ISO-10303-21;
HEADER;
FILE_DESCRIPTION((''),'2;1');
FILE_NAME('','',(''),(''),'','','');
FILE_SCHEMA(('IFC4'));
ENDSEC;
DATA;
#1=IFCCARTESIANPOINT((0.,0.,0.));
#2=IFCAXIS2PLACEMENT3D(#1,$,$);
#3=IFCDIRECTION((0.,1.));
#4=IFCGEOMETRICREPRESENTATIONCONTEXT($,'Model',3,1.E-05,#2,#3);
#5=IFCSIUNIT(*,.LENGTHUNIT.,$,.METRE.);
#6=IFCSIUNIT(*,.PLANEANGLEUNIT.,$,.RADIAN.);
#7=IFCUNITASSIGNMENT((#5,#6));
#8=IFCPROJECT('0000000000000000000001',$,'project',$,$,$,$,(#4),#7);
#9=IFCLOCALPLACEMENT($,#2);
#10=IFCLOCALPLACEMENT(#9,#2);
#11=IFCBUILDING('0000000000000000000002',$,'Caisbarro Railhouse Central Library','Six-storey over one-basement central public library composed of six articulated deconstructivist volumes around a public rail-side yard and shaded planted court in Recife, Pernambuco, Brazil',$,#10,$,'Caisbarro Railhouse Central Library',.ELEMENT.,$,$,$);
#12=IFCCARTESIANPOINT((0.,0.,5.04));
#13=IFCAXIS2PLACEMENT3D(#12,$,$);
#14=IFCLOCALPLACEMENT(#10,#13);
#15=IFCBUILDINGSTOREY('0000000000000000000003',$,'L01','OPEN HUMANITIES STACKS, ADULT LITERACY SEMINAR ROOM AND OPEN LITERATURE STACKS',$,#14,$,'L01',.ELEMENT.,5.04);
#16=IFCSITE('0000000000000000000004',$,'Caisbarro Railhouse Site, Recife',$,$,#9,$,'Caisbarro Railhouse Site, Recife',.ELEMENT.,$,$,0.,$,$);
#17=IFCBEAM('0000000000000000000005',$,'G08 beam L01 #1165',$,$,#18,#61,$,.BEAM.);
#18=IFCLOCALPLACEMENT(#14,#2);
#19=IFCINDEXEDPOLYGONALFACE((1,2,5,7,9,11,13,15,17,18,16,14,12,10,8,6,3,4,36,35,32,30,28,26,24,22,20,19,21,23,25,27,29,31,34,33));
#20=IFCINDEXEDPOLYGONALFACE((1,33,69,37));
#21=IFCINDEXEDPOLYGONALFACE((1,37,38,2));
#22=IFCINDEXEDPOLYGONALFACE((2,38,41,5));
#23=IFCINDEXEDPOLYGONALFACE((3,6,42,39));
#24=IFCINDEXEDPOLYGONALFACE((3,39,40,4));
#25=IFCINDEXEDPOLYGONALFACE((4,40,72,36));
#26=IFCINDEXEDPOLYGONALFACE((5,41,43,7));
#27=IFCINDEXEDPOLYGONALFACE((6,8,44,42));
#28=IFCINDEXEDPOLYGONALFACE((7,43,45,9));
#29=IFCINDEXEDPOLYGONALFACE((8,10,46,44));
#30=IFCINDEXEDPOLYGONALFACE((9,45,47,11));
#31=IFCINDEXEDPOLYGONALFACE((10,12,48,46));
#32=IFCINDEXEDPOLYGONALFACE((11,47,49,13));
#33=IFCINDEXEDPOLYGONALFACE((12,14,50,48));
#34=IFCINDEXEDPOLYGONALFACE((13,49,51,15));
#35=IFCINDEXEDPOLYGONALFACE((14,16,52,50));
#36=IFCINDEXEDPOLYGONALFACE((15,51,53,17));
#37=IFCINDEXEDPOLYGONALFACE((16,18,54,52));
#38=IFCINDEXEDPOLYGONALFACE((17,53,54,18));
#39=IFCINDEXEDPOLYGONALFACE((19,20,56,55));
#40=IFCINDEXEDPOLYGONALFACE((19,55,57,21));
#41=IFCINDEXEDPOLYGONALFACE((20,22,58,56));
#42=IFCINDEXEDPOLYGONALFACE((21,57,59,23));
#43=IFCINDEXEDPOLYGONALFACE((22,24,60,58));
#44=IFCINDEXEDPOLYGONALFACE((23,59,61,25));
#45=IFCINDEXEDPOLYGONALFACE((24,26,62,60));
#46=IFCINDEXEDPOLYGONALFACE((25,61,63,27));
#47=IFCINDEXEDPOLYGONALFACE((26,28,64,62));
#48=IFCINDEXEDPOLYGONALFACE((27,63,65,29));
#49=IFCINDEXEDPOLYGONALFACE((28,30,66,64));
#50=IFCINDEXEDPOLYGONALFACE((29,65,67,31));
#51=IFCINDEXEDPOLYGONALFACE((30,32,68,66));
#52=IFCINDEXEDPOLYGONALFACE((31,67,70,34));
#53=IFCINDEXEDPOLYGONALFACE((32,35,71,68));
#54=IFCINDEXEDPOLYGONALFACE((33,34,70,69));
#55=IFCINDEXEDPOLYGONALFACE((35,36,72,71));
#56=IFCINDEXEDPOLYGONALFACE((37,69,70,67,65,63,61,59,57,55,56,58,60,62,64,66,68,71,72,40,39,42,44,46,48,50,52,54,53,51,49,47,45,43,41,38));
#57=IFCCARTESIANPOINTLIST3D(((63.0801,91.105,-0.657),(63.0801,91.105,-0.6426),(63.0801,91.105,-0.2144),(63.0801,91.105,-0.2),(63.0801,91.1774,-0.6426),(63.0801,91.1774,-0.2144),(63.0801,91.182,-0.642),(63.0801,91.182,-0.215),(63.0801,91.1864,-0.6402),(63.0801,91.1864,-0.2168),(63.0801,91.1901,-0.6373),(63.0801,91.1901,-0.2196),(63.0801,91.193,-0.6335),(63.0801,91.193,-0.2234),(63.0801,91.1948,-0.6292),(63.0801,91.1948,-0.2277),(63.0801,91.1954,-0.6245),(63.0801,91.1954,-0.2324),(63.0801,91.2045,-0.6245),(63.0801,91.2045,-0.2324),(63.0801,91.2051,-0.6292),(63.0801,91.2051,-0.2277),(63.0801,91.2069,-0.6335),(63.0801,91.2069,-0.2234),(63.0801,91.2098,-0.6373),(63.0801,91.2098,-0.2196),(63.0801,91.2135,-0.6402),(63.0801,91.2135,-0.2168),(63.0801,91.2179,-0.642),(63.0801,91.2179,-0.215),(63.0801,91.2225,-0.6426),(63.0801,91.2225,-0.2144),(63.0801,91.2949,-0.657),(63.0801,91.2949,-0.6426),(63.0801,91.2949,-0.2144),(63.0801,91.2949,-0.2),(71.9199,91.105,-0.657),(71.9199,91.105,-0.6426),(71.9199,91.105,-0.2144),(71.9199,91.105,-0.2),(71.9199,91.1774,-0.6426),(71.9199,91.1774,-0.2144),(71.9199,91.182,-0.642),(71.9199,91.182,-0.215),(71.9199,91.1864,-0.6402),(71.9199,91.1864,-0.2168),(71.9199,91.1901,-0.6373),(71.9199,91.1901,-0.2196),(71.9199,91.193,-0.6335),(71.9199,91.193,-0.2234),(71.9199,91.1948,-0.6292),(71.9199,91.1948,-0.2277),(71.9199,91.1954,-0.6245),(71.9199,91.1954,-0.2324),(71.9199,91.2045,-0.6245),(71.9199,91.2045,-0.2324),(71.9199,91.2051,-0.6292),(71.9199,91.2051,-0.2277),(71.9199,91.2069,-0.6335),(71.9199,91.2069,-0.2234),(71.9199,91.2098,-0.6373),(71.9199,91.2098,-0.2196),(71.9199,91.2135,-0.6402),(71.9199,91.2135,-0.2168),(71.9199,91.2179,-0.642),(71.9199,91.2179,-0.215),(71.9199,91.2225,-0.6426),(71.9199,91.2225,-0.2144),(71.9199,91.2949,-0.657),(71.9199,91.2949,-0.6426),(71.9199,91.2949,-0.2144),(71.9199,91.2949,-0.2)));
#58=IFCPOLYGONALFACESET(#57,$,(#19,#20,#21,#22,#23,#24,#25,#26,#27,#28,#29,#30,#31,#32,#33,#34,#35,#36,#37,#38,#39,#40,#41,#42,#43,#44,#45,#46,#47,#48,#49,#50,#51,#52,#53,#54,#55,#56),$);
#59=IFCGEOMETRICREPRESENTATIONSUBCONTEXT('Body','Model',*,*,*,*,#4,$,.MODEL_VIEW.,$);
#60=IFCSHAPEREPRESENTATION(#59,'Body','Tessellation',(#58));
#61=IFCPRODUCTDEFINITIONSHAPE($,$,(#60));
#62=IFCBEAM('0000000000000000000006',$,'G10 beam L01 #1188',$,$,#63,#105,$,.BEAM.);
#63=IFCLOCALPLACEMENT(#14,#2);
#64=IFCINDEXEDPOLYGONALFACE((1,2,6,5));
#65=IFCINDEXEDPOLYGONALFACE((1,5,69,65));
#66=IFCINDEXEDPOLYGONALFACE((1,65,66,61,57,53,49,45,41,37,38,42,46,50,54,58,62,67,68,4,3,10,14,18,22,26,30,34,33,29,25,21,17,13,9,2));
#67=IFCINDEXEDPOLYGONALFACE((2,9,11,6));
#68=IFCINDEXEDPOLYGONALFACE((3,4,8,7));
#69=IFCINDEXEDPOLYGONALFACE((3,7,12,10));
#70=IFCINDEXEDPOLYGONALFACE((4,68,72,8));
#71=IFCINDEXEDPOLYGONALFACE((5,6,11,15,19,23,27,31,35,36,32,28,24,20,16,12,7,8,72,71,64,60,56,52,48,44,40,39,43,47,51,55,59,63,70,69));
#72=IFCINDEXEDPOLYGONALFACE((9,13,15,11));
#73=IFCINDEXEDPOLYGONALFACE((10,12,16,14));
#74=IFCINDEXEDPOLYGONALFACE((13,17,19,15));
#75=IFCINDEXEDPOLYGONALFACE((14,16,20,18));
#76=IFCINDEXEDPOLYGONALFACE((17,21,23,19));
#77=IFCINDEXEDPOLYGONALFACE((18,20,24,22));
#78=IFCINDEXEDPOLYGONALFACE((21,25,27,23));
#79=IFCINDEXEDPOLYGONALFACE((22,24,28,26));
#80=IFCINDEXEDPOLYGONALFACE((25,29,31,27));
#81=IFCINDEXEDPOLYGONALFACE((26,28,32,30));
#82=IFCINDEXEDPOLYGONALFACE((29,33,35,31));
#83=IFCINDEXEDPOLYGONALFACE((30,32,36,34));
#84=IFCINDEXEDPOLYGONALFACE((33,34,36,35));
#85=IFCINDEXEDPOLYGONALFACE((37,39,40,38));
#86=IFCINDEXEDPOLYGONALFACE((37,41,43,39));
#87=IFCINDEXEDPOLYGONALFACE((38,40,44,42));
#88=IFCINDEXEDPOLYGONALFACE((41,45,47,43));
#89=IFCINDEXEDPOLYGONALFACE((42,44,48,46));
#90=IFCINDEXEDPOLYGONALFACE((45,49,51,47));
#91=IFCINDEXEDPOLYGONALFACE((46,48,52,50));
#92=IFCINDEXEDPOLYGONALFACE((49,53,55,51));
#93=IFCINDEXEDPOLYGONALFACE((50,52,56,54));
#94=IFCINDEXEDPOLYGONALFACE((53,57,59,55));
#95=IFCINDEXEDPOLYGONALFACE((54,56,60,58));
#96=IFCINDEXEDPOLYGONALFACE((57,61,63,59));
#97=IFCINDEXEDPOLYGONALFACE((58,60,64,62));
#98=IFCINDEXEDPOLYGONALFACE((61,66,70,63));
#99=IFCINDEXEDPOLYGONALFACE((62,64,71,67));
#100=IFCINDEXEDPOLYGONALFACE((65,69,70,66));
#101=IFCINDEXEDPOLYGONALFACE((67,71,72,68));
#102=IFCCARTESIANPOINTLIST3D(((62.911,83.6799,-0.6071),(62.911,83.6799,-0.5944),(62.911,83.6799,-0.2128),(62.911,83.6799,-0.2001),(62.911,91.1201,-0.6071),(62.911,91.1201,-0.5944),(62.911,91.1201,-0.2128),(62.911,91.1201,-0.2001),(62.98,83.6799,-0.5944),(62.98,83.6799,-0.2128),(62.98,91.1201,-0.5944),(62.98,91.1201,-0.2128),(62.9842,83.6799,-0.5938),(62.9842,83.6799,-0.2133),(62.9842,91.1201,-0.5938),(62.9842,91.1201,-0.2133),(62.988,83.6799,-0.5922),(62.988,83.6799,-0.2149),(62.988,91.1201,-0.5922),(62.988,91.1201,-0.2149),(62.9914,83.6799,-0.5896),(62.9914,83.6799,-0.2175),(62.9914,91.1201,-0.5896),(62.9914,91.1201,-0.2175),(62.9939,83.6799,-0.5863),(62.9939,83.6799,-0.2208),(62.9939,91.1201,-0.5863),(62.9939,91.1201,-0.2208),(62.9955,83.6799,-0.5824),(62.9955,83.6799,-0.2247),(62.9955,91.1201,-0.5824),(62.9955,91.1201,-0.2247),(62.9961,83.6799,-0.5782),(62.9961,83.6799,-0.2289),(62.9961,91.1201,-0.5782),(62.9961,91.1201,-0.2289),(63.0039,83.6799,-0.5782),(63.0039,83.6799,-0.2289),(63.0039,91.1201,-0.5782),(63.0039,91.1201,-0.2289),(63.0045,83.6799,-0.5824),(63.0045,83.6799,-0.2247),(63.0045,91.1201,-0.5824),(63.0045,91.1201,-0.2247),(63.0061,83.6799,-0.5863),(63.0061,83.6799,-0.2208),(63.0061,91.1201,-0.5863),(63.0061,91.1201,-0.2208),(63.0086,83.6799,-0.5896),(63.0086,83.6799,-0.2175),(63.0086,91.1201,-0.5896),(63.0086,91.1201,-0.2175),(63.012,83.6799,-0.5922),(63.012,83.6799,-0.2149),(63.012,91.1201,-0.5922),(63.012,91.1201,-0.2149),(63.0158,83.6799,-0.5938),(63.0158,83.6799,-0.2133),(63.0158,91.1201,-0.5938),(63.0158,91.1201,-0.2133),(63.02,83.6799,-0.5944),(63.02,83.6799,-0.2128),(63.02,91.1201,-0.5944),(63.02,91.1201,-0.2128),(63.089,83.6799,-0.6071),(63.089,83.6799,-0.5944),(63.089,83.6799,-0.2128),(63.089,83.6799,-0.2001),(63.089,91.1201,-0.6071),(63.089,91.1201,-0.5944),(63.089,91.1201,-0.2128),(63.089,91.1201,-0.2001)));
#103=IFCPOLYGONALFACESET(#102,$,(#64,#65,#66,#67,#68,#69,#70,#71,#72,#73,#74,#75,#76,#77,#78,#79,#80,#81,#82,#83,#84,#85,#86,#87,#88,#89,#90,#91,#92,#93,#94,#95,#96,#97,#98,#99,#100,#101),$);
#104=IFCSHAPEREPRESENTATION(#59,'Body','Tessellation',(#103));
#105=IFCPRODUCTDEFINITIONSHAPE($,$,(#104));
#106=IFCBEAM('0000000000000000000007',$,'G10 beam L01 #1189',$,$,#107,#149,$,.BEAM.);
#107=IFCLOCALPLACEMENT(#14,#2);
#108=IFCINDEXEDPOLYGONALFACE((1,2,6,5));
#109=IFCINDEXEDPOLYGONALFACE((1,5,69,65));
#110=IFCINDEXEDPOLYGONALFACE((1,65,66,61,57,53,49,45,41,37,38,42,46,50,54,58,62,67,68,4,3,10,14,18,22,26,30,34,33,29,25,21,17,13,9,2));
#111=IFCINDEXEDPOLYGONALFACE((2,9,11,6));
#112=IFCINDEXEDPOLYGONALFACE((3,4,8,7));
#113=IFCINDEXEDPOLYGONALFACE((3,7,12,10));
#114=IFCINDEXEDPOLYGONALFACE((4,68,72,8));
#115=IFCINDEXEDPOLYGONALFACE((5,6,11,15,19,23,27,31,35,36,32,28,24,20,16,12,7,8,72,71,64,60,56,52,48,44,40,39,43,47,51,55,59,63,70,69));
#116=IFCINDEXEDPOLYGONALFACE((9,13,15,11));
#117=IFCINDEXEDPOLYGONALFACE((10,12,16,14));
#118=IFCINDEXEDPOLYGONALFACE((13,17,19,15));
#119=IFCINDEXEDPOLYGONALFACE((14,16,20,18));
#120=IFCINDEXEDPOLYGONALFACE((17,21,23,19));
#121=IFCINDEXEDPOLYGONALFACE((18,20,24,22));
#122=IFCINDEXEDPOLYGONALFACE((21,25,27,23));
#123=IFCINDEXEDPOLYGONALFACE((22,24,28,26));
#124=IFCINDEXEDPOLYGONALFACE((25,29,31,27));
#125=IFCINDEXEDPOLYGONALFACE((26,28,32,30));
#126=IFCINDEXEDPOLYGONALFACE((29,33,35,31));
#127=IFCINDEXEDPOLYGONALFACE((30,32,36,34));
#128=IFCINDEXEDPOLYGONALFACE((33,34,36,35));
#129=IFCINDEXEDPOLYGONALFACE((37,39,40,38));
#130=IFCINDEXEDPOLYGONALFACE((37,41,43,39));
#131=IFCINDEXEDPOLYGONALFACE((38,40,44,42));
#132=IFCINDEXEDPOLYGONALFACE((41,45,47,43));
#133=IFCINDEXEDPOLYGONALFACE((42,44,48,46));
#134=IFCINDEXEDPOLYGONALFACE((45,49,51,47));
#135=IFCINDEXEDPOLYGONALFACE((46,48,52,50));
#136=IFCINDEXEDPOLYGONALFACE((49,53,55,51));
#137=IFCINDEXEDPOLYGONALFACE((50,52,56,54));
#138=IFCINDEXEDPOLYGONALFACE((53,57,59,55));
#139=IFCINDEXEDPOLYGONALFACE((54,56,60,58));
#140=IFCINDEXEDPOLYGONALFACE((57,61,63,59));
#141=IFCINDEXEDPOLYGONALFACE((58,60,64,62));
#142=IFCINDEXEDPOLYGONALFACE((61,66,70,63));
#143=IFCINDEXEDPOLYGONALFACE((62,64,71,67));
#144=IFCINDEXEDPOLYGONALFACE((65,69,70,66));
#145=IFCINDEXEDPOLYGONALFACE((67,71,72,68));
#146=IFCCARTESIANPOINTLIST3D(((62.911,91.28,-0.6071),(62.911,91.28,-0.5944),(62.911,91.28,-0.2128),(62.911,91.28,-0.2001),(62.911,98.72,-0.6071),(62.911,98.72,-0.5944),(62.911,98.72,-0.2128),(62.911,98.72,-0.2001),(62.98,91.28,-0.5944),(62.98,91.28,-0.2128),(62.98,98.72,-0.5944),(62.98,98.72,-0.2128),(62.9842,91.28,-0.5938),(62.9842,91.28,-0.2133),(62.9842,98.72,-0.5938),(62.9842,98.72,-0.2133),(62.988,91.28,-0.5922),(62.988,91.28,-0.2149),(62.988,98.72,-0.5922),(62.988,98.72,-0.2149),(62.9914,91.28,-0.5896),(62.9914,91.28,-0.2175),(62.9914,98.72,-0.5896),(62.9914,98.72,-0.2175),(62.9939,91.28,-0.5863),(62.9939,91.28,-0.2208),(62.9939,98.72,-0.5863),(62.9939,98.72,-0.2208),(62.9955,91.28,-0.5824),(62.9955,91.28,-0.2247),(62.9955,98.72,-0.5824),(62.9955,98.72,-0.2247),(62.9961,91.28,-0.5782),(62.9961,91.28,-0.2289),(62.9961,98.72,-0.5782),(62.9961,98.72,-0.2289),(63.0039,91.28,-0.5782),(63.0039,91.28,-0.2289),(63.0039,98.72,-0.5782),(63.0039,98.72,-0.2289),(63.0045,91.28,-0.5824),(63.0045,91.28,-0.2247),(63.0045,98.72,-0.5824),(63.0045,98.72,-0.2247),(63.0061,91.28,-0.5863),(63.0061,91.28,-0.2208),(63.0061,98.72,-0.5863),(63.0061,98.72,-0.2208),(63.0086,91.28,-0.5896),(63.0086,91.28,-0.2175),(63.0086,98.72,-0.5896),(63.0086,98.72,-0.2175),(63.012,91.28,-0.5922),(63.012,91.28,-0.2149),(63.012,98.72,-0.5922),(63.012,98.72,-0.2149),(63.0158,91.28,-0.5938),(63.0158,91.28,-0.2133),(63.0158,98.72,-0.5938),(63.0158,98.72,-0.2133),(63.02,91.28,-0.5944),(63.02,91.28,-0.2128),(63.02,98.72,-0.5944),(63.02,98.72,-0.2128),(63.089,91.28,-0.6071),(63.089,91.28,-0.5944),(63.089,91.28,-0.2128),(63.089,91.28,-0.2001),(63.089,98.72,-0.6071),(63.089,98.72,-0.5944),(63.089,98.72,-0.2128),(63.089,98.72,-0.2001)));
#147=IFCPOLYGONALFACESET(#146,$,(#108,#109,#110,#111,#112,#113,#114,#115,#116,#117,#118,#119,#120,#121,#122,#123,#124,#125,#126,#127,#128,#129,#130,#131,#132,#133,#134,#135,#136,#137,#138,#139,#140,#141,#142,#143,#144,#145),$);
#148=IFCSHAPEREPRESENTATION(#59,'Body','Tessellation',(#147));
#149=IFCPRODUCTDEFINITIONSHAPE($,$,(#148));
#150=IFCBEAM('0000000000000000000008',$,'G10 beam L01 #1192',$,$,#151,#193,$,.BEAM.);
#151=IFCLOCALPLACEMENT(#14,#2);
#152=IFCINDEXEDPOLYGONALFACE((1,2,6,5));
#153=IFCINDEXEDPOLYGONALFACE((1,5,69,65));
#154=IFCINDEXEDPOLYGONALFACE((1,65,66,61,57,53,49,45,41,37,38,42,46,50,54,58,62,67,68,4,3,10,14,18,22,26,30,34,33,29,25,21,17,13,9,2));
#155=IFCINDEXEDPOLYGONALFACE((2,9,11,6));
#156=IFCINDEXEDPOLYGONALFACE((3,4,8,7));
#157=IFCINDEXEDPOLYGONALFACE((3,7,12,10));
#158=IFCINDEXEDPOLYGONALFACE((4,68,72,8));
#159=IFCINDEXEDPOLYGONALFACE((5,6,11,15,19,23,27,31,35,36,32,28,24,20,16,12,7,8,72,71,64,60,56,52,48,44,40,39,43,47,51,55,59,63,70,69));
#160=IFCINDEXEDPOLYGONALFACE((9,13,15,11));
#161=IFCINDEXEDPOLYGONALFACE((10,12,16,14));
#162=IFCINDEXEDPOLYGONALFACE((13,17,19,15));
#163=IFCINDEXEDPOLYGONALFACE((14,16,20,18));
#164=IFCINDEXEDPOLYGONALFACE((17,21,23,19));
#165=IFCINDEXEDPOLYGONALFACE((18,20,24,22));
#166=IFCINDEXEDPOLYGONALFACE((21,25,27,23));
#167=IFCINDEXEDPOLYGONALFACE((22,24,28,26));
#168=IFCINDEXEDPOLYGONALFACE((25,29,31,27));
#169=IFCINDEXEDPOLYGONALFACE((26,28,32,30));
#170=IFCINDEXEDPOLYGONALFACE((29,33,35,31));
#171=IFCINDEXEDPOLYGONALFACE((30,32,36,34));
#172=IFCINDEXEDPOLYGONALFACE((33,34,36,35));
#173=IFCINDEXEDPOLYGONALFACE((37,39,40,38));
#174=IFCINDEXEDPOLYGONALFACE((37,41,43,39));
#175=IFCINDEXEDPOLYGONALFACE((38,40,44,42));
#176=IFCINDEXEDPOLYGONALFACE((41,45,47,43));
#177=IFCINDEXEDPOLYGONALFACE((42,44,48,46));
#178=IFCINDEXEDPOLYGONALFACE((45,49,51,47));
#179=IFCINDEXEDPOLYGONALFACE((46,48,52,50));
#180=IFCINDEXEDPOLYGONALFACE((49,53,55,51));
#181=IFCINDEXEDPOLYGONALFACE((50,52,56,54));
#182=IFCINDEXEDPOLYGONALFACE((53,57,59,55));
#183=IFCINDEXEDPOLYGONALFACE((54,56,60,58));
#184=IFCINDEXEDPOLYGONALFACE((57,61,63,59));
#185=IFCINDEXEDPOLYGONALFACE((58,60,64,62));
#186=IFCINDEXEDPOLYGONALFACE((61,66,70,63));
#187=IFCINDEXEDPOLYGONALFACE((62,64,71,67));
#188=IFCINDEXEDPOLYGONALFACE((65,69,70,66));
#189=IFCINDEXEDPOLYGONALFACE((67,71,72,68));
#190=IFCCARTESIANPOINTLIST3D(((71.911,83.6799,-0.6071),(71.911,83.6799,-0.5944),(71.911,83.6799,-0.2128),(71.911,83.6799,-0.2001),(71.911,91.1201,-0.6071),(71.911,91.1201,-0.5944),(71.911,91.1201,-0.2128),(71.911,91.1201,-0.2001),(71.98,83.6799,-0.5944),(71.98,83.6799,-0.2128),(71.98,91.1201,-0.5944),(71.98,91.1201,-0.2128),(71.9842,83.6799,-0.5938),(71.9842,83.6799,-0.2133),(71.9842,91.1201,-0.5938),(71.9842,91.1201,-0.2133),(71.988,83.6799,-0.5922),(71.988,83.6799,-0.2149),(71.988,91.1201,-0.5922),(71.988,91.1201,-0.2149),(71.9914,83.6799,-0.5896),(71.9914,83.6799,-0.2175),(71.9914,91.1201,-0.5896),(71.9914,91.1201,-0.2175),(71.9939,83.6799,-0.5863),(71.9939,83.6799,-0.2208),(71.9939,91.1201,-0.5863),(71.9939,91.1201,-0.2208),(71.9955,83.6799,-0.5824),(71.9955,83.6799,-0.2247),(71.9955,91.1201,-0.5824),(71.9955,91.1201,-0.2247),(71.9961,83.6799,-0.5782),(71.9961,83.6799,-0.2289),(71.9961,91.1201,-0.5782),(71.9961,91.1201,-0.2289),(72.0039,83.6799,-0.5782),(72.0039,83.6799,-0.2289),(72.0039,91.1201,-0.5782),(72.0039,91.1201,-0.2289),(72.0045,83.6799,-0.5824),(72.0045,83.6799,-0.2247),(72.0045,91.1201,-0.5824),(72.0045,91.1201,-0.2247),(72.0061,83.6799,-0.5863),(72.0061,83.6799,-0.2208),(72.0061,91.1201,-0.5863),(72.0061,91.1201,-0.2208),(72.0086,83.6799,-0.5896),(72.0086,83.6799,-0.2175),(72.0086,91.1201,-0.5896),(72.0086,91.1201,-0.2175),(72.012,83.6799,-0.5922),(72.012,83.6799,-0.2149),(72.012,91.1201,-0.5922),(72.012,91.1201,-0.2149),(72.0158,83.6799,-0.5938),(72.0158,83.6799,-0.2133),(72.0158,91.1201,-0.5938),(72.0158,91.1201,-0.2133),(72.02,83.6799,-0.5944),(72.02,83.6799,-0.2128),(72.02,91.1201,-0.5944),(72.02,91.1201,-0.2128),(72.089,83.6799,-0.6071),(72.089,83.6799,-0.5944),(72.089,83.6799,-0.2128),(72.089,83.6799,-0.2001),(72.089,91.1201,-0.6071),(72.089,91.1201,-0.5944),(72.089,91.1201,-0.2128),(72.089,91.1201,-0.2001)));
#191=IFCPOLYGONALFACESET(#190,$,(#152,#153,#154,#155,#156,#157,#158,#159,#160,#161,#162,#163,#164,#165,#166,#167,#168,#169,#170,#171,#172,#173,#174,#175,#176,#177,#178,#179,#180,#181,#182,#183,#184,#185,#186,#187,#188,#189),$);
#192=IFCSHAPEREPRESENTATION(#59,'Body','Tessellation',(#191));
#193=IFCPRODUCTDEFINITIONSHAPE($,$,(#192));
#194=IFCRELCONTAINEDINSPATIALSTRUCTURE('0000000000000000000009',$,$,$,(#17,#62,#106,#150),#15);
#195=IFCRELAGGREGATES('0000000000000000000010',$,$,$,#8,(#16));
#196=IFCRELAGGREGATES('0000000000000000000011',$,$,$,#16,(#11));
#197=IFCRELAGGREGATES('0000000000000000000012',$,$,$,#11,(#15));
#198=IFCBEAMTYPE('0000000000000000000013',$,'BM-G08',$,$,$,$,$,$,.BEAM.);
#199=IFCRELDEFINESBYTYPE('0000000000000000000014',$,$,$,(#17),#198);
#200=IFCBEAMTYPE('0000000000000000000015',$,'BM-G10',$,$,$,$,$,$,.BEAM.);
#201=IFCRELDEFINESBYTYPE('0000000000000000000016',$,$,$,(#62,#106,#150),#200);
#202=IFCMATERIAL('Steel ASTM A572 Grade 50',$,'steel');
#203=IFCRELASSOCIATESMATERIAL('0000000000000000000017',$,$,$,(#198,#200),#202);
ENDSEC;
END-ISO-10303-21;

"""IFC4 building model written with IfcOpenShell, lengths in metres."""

from ifc_helpers import new_model, si_unit, direction, frame, origin, origin_2d, place, context, subcontext, project, spatial, i_section, extrude, material, material_profile, profile_set, type_object, element, save


model = new_model("IFC4")

# Units and contexts
model_context = context("Model", 3, precision=1e-05, world=origin(), true_north=direction((0.0, 1.0)))
body_context = subcontext(model_context, "Body", "Model", "MODEL_VIEW")
ifc_project = project(units=[si_unit("LENGTHUNIT", "METRE"), si_unit("PLANEANGLEUNIT", "RADIAN")], contexts=[model_context])

# Site, building, storey
site_placement = place(None, origin())
site = spatial("IfcSite", under=ifc_project, at=site_placement, Name="Caisbarro Railhouse Site, Recife", LongName="Caisbarro Railhouse Site, Recife", CompositionType="ELEMENT", RefElevation=0.0)
building_placement = place(site_placement, origin())
building = spatial("IfcBuilding", under=site, at=building_placement, Name="Caisbarro Railhouse Central Library", Description="Six-storey over one-basement central public library composed of six articulated deconstructivist volumes around a public rail-side yard and shaded planted court in Recife, Pernambuco, Brazil", LongName="Caisbarro Railhouse Central Library", CompositionType="ELEMENT")
storey_placement = place(building_placement, frame((0.0, 0.0, 5.04)))
storey = spatial("IfcBuildingStorey", under=building, at=storey_placement, Name="L01", Description="OPEN HUMANITIES STACKS, ADULT LITERACY SEMINAR ROOM AND OPEN LITERATURE STACKS", LongName="L01", CompositionType="ELEMENT", Elevation=5.04)

# Shared definitions
ifc_material_1 = material(Name="Steel ASTM A572 Grade 50", Category="steel")

# Beams
ifc_material_profile_1 = material_profile(ifc_material_1, i_section(OverallWidth=0.1899, OverallDepth=0.457, WebThickness=0.009, FlangeThickness=0.0144, FilletRadius=0.0181, at=origin_2d()), Name="W460X74.0")
ifc_profile_set_1 = profile_set([ifc_material_profile_1], Name="Steel ASTM A572 Grade 50")
beam_type_1 = type_object("IfcBeamType", Name="BM-G08", PredefinedType="BEAM", material=ifc_profile_set_1)
beam_1_placement = place(storey_placement, frame((63.0801, 91.2, -0.4285), z_axis=(1.0, 0.0, 0.0), x_axis=(0.0, 1.0, 0.0)))
element("IfcBeam", 1, at=beam_1_placement, inside=storey, type_object=beam_type_1, Name="G08 beam L01 #1165", PredefinedType="BEAM", context=body_context, shape_type="SweptSolid", body=[
    extrude(i_section(OverallWidth=0.1899, OverallDepth=0.457, WebThickness=0.009, FlangeThickness=0.0144, FilletRadius=0.0181, at=origin_2d()), origin(), (0.0, 0.0, 1.0), 8.8398),
])
ifc_material_profile_2 = material_profile(ifc_material_1, i_section(OverallWidth=0.178, OverallDepth=0.407, WebThickness=0.0078, FlangeThickness=0.0127, FilletRadius=0.0161, at=origin_2d()), Name="W410X60.0")
ifc_profile_set_2 = profile_set([ifc_material_profile_2], Name="Steel ASTM A572 Grade 50")
beam_type_2 = type_object("IfcBeamType", Name="BM-G10", PredefinedType="BEAM", material=ifc_profile_set_2)
beam_2_placement = place(storey_placement, frame((63.0, 83.6799, -0.4036), z_axis=(0.0, 1.0, 0.0), x_axis=(-1.0, 0.0, 0.0)))
element("IfcBeam", 2, at=beam_2_placement, inside=storey, type_object=beam_type_2, Name="G10 beam L01 #1188", PredefinedType="BEAM", context=body_context, shape_type="SweptSolid", body=[
    extrude(i_section(OverallWidth=0.178, OverallDepth=0.407, WebThickness=0.0078, FlangeThickness=0.0127, FilletRadius=0.0161, at=origin_2d()), origin(), (0.0, 0.0, 1.0), 7.4402),
])
beam_3_placement = place(storey_placement, frame((63.0, 91.28, -0.4036), z_axis=(0.0, 1.0, 0.0), x_axis=(-1.0, 0.0, 0.0)))
element("IfcBeam", 3, at=beam_3_placement, inside=storey, type_object=beam_type_2, Name="G10 beam L01 #1189", PredefinedType="BEAM", context=body_context, shape_type="SweptSolid", body=[
    extrude(i_section(OverallWidth=0.178, OverallDepth=0.407, WebThickness=0.0078, FlangeThickness=0.0127, FilletRadius=0.0161, at=origin_2d()), origin(), (0.0, 0.0, 1.0), 7.4399),
])
beam_4_placement = place(storey_placement, frame((72.0, 83.6799, -0.4036), z_axis=(0.0, 1.0, 0.0), x_axis=(-1.0, 0.0, 0.0)))
element("IfcBeam", 4, at=beam_4_placement, inside=storey, type_object=beam_type_2, Name="G10 beam L01 #1192", PredefinedType="BEAM", context=body_context, shape_type="SweptSolid", body=[
    extrude(i_section(OverallWidth=0.178, OverallDepth=0.407, WebThickness=0.0078, FlangeThickness=0.0127, FilletRadius=0.0161, at=origin_2d()), origin(), (0.0, 0.0, 1.0), 7.4402),
])

save(model, "model.ifc")
